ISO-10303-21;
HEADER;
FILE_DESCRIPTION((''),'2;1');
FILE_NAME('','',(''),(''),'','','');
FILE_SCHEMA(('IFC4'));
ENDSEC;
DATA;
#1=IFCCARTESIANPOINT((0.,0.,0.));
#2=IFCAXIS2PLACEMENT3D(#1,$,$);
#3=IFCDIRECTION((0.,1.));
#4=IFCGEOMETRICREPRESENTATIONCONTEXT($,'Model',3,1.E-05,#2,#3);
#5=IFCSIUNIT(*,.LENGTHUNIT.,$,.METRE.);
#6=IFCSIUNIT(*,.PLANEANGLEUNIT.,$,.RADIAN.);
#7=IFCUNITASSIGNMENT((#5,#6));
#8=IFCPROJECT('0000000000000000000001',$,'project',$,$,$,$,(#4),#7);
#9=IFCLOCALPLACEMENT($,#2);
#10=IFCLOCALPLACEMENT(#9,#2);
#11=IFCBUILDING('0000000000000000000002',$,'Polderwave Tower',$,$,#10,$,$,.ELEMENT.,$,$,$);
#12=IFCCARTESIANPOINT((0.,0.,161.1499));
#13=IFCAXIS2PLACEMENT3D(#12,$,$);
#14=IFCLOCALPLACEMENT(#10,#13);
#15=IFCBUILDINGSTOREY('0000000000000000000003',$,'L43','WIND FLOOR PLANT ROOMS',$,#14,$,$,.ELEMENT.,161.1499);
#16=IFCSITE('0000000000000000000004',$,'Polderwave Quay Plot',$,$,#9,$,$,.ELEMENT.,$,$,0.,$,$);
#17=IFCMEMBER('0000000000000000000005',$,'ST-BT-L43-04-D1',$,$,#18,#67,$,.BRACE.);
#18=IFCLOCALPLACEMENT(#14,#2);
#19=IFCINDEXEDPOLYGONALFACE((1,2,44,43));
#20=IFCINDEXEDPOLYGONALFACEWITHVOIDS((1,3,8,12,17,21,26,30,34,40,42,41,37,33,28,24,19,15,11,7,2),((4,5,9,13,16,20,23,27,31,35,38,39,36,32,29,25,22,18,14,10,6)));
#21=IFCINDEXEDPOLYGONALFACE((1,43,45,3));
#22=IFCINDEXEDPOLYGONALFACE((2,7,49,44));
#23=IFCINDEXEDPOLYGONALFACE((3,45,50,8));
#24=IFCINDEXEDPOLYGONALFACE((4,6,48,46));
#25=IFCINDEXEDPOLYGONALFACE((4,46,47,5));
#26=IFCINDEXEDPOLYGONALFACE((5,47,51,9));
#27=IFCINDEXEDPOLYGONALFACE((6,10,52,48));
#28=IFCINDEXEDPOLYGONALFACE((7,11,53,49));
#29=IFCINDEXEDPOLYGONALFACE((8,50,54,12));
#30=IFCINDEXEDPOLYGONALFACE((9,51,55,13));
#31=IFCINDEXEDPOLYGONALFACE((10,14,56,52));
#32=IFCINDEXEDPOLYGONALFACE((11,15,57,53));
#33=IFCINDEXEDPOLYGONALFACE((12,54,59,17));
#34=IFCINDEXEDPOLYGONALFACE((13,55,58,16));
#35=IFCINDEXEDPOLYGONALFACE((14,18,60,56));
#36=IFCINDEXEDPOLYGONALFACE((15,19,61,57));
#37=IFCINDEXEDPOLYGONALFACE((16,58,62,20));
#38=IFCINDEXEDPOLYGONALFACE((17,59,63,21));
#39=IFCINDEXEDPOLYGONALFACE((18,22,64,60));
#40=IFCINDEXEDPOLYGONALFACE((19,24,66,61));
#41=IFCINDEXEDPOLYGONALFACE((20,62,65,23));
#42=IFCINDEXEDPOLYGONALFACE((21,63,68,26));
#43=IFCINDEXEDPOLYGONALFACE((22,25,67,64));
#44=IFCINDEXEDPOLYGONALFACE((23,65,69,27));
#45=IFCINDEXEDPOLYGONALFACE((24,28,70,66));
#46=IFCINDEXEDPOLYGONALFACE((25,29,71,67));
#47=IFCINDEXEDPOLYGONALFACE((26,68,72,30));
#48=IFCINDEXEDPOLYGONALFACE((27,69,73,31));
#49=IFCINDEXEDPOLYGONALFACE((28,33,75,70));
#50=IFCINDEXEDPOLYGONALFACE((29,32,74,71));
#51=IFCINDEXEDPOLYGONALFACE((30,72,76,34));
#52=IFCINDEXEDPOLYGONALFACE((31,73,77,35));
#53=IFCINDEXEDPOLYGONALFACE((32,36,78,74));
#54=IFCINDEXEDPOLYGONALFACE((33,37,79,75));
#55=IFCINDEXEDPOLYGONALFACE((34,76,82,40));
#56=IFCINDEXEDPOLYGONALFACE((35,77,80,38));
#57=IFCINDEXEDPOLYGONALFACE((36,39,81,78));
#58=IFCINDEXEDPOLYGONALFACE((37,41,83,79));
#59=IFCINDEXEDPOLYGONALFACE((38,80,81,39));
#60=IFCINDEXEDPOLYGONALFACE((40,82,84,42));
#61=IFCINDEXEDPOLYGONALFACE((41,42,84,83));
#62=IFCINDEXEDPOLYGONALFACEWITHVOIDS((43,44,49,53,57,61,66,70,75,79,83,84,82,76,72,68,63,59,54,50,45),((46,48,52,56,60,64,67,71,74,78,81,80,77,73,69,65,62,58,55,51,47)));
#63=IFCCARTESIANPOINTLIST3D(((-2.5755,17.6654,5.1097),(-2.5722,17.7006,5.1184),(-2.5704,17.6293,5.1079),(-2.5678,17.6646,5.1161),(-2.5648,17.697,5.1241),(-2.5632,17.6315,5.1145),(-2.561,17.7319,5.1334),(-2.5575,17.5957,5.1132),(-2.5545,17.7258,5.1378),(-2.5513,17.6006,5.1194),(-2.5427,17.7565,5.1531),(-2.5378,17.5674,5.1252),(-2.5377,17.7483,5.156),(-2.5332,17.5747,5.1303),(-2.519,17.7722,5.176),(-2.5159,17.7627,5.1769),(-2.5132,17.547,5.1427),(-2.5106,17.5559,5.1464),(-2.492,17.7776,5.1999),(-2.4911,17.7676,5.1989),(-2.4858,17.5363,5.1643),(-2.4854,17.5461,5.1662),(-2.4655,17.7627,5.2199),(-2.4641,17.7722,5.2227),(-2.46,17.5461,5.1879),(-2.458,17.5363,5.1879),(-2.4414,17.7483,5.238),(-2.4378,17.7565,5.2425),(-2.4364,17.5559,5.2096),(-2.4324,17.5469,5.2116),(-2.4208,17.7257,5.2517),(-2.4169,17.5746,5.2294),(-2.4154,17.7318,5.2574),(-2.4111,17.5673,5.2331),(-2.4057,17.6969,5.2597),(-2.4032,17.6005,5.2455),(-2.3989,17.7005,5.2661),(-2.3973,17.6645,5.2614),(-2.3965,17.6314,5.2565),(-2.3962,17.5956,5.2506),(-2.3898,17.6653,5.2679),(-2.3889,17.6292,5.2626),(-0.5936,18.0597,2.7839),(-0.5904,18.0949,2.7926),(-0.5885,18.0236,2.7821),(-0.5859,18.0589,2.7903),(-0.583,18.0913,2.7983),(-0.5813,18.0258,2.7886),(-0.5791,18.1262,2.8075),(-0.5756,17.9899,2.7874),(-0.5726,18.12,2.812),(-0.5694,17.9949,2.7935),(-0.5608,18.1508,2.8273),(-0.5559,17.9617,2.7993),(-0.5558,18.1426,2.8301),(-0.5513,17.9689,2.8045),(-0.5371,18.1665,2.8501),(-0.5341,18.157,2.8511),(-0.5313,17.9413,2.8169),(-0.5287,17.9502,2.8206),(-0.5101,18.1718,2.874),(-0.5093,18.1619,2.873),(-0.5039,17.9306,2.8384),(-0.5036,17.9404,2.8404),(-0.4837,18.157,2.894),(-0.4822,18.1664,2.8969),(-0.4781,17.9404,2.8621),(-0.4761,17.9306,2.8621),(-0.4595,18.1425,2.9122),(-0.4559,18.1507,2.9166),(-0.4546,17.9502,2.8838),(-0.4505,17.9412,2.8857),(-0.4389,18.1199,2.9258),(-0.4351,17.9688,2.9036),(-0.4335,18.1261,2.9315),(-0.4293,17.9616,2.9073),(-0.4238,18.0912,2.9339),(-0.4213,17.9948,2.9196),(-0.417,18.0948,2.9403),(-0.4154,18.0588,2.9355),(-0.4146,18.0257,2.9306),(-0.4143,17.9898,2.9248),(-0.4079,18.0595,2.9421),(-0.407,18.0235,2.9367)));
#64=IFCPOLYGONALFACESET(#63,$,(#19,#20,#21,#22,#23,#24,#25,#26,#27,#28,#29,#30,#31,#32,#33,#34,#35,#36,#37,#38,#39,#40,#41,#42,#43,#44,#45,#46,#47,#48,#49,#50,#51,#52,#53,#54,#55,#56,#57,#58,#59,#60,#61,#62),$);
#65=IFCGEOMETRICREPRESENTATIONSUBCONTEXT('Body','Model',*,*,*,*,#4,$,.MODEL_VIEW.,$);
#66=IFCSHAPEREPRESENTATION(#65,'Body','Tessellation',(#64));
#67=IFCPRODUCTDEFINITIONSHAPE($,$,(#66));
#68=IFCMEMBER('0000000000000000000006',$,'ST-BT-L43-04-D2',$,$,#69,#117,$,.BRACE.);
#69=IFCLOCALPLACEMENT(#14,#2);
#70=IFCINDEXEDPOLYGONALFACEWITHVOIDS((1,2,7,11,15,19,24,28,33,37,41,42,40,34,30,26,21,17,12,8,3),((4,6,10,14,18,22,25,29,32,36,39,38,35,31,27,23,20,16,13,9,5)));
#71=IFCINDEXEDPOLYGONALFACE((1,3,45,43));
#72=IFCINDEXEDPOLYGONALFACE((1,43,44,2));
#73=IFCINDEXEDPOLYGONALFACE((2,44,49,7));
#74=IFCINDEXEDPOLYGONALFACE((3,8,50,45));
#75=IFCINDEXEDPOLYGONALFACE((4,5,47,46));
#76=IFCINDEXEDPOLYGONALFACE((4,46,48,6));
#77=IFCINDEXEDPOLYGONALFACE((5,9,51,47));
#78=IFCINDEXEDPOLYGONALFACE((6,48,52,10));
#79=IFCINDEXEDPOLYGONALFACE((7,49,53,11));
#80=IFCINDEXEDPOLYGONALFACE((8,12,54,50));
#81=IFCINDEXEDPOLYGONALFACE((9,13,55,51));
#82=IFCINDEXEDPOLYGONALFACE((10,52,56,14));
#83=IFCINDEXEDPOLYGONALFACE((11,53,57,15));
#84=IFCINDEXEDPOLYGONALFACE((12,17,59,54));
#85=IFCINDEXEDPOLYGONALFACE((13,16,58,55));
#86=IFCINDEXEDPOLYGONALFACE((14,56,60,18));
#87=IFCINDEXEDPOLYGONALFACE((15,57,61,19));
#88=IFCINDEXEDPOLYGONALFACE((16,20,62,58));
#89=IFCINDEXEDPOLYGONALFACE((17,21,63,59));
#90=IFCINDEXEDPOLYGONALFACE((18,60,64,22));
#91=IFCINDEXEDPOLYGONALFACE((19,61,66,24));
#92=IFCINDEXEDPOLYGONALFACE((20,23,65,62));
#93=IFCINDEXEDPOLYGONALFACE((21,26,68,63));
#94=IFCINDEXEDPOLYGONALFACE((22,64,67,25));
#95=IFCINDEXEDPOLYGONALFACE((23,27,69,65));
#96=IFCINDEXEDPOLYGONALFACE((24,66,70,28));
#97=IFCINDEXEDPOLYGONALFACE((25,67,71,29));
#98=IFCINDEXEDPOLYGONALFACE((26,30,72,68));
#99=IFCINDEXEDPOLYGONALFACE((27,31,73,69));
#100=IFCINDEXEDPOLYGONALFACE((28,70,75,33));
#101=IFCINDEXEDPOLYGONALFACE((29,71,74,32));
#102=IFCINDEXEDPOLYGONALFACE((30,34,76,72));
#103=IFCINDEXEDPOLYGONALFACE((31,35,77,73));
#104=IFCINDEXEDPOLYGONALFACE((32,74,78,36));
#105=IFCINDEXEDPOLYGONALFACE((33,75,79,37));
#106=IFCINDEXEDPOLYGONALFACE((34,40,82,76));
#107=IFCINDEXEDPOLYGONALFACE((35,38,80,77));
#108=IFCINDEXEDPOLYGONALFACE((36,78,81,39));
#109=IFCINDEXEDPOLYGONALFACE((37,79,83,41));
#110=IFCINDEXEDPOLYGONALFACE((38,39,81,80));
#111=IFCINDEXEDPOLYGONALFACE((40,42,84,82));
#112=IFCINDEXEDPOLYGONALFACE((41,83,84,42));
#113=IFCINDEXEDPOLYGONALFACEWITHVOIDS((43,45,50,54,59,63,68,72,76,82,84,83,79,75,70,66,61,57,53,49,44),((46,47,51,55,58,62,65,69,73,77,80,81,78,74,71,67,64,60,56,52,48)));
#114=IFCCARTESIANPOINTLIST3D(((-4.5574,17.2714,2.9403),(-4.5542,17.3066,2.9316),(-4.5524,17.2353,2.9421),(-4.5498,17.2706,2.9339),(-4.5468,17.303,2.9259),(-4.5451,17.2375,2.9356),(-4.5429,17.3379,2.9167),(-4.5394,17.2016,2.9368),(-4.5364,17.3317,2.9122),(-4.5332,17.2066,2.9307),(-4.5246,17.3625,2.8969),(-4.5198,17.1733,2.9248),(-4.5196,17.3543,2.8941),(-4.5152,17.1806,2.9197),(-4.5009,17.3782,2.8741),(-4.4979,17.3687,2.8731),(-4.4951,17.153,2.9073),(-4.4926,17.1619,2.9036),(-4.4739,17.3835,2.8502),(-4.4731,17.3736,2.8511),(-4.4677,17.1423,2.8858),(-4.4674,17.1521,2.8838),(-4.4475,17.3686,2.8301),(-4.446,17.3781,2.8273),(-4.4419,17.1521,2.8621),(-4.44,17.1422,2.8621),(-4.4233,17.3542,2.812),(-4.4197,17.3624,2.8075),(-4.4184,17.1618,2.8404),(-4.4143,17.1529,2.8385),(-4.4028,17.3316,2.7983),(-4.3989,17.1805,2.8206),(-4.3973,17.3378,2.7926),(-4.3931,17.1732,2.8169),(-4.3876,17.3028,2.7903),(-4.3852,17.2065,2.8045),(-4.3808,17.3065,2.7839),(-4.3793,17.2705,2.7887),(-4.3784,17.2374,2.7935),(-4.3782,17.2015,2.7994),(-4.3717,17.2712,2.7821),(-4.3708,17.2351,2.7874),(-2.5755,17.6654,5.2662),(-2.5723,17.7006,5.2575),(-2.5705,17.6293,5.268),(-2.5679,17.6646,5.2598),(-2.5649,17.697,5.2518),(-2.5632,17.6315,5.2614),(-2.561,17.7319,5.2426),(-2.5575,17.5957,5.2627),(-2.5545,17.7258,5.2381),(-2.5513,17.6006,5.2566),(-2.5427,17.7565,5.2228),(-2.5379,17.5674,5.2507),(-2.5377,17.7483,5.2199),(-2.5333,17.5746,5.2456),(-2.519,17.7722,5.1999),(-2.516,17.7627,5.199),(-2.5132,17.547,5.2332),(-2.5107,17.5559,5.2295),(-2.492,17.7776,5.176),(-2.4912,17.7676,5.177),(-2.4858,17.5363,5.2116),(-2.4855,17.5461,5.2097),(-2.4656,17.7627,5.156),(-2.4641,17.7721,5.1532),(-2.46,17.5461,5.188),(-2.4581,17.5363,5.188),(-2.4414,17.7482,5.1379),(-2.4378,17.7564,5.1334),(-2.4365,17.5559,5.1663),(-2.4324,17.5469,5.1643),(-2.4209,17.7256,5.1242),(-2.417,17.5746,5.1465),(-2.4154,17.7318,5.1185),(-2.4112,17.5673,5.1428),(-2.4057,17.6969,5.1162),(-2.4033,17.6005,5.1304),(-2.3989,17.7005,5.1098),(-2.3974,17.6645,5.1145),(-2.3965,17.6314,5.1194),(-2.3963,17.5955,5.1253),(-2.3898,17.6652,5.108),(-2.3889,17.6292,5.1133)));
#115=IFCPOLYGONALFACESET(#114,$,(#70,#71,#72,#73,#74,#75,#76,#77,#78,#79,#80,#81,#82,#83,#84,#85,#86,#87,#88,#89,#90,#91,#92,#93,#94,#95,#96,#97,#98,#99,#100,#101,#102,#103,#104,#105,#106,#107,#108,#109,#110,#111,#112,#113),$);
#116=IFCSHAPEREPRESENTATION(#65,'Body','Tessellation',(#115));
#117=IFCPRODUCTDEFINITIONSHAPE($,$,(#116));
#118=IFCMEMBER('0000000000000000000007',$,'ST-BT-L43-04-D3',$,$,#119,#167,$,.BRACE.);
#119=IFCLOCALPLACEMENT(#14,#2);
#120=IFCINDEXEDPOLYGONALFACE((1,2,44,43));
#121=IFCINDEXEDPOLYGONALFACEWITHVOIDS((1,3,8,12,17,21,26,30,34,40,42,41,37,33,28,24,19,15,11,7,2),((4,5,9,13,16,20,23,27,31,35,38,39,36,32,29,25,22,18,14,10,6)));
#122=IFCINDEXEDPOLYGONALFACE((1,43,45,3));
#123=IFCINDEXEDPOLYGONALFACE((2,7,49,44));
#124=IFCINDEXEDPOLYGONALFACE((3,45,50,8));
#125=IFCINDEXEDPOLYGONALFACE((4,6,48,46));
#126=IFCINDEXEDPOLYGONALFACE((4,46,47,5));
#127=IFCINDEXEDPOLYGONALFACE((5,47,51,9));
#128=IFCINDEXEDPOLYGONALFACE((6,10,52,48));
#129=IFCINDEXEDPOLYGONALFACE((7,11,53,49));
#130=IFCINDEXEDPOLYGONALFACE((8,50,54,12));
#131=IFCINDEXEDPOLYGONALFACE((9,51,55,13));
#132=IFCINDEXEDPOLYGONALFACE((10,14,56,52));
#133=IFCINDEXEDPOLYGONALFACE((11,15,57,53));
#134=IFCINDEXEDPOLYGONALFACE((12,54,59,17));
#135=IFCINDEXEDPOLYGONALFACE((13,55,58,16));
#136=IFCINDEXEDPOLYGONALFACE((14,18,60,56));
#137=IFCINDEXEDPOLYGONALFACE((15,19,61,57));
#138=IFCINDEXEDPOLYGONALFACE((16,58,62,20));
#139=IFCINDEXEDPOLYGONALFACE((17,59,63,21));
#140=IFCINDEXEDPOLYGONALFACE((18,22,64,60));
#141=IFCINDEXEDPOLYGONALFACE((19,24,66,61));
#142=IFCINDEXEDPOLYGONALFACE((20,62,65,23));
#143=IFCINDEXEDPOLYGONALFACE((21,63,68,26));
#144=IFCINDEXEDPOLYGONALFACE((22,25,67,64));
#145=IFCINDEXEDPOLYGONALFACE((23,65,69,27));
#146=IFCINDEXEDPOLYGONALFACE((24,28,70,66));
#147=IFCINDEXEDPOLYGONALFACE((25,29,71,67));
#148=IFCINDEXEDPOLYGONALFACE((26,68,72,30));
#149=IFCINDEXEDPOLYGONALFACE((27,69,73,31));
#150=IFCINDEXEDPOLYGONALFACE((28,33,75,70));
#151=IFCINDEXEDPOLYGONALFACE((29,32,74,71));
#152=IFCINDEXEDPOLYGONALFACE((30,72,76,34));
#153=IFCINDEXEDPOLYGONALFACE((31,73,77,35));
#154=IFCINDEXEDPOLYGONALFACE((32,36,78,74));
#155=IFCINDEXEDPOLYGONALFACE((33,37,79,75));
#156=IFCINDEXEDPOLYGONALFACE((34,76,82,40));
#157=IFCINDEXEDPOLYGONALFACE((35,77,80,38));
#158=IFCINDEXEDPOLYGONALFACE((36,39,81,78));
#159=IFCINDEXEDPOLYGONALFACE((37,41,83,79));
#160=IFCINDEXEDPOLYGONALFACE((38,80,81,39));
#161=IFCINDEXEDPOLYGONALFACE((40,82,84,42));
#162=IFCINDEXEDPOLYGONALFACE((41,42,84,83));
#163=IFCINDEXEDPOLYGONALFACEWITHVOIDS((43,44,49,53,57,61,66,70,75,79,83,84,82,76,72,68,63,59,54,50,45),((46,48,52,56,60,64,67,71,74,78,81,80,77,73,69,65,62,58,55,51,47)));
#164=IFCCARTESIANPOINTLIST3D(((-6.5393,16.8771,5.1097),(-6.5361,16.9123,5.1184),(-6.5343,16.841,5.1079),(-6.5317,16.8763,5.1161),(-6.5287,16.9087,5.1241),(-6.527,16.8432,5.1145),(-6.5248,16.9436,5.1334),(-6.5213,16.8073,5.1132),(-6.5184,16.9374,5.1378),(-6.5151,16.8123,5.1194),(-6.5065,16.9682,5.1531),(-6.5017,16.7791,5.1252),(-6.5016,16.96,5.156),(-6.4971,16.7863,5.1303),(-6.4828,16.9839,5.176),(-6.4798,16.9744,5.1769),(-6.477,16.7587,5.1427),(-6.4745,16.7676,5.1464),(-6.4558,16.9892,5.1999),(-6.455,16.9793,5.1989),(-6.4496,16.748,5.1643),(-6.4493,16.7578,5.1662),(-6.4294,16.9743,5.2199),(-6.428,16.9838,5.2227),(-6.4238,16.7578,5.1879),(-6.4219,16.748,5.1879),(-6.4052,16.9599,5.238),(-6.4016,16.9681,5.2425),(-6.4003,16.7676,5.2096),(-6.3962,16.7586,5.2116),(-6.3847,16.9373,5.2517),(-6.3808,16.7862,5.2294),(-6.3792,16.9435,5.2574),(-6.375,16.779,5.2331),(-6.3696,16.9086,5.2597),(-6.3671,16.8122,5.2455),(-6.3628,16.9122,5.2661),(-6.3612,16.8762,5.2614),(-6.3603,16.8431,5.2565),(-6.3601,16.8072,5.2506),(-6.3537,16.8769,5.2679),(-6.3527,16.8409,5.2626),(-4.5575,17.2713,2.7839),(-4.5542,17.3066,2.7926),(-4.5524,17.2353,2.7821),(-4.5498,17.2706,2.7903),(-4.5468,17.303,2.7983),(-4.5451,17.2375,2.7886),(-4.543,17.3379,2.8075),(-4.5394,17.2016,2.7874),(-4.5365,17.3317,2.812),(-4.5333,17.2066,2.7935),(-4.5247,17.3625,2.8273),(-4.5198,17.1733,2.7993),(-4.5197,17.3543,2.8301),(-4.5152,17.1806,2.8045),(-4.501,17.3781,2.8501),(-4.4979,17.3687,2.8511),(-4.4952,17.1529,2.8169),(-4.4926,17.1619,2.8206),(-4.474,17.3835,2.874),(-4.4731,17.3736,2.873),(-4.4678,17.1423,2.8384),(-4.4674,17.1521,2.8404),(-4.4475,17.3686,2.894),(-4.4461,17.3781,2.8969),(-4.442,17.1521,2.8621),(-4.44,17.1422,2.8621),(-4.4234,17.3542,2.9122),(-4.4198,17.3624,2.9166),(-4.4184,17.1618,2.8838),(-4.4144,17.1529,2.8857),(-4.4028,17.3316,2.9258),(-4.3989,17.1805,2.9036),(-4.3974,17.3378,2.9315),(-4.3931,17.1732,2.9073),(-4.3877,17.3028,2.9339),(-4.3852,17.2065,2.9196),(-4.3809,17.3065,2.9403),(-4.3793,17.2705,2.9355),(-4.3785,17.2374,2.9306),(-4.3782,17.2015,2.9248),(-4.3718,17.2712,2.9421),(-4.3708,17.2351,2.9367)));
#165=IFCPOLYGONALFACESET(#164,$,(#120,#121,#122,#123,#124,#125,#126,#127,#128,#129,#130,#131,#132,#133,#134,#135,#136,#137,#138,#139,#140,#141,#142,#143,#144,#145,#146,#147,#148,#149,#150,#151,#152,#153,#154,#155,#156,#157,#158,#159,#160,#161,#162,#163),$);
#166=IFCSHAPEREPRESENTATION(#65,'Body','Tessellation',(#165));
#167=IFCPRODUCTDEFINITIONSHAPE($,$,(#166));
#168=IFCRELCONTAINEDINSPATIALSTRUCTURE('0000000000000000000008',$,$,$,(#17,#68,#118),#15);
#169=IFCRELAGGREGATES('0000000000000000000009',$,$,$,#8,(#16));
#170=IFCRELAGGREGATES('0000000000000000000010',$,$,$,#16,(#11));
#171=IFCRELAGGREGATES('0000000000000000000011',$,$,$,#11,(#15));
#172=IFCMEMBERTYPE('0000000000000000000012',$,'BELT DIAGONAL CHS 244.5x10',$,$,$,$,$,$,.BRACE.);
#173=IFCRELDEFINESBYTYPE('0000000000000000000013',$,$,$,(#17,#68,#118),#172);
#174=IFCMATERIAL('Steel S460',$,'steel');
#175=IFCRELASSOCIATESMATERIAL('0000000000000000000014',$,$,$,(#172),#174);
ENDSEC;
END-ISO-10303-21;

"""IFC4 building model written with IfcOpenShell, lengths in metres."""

from ifc_helpers import new_model, si_unit, direction, frame, origin, origin_2d, place, context, subcontext, project, spatial, hollow_circle, extrude, material, material_profile, profile_set, type_object, element, save


model = new_model("IFC4")

# Units and contexts
model_context = context("Model", 3, precision=1e-05, world=origin(), true_north=direction((0.0, 1.0)))
body_context = subcontext(model_context, "Body", "Model", "MODEL_VIEW")
ifc_project = project(units=[si_unit("LENGTHUNIT", "METRE"), si_unit("PLANEANGLEUNIT", "RADIAN")], contexts=[model_context])

# Site, building, storey
site_placement = place(None, origin())
site = spatial("IfcSite", under=ifc_project, at=site_placement, Name="Polderwave Quay Plot", CompositionType="ELEMENT", RefElevation=0.0)
building_placement = place(site_placement, origin())
building = spatial("IfcBuilding", under=site, at=building_placement, Name="Polderwave Tower", CompositionType="ELEMENT")
storey_placement = place(building_placement, frame((0.0, 0.0, 161.1499)))
storey = spatial("IfcBuildingStorey", under=building, at=storey_placement, Name="L43", Description="WIND FLOOR PLANT ROOMS", CompositionType="ELEMENT", Elevation=161.1499)

# Members
ifc_material_1 = material(Name="Steel S460", Category="steel")
ifc_material_profile_1 = material_profile(ifc_material_1, hollow_circle(Radius=0.1223, WallThickness=0.01, at=origin_2d()), Name="CHS 244.5x10")
ifc_profile_set_1 = profile_set([ifc_material_profile_1], Name="Steel S460")
member_type_1 = type_object("IfcMemberType", Name="BELT DIAGONAL CHS 244.5x10", PredefinedType="BRACE", material=ifc_profile_set_1)
for number, where, z_axis, x_axis, name in (
    (1, (-0.5, 18.0505, 2.8621), (-0.643246, -0.127968, 0.75489), (0.195117, -0.98078, 0.0), "ST-BT-L43-04-D1"),
    (2, (-2.4819, 17.6562, 5.188), (-0.643252, -0.12789, -0.754898), (0.195001, -0.980803, 0.0), "ST-BT-L43-04-D2"),
    (3, (-4.4639, 17.2622, 2.8621), (-0.643246, -0.127968, 0.75489), (0.195117, -0.98078, 0.0), "ST-BT-L43-04-D3"),
):
    element("IfcMember", number, at=place(storey_placement, frame(where, z_axis=z_axis, x_axis=x_axis)), inside=storey, type_object=member_type_1, Name=name, PredefinedType="BRACE", context=body_context, shape_type="SweptSolid", body=[
        extrude(hollow_circle(Radius=0.1223, WallThickness=0.01, at=origin_2d()), origin(), (0.0, 0.0, 1.0), 3.0811),
    ])

save(model, "model.ifc")
